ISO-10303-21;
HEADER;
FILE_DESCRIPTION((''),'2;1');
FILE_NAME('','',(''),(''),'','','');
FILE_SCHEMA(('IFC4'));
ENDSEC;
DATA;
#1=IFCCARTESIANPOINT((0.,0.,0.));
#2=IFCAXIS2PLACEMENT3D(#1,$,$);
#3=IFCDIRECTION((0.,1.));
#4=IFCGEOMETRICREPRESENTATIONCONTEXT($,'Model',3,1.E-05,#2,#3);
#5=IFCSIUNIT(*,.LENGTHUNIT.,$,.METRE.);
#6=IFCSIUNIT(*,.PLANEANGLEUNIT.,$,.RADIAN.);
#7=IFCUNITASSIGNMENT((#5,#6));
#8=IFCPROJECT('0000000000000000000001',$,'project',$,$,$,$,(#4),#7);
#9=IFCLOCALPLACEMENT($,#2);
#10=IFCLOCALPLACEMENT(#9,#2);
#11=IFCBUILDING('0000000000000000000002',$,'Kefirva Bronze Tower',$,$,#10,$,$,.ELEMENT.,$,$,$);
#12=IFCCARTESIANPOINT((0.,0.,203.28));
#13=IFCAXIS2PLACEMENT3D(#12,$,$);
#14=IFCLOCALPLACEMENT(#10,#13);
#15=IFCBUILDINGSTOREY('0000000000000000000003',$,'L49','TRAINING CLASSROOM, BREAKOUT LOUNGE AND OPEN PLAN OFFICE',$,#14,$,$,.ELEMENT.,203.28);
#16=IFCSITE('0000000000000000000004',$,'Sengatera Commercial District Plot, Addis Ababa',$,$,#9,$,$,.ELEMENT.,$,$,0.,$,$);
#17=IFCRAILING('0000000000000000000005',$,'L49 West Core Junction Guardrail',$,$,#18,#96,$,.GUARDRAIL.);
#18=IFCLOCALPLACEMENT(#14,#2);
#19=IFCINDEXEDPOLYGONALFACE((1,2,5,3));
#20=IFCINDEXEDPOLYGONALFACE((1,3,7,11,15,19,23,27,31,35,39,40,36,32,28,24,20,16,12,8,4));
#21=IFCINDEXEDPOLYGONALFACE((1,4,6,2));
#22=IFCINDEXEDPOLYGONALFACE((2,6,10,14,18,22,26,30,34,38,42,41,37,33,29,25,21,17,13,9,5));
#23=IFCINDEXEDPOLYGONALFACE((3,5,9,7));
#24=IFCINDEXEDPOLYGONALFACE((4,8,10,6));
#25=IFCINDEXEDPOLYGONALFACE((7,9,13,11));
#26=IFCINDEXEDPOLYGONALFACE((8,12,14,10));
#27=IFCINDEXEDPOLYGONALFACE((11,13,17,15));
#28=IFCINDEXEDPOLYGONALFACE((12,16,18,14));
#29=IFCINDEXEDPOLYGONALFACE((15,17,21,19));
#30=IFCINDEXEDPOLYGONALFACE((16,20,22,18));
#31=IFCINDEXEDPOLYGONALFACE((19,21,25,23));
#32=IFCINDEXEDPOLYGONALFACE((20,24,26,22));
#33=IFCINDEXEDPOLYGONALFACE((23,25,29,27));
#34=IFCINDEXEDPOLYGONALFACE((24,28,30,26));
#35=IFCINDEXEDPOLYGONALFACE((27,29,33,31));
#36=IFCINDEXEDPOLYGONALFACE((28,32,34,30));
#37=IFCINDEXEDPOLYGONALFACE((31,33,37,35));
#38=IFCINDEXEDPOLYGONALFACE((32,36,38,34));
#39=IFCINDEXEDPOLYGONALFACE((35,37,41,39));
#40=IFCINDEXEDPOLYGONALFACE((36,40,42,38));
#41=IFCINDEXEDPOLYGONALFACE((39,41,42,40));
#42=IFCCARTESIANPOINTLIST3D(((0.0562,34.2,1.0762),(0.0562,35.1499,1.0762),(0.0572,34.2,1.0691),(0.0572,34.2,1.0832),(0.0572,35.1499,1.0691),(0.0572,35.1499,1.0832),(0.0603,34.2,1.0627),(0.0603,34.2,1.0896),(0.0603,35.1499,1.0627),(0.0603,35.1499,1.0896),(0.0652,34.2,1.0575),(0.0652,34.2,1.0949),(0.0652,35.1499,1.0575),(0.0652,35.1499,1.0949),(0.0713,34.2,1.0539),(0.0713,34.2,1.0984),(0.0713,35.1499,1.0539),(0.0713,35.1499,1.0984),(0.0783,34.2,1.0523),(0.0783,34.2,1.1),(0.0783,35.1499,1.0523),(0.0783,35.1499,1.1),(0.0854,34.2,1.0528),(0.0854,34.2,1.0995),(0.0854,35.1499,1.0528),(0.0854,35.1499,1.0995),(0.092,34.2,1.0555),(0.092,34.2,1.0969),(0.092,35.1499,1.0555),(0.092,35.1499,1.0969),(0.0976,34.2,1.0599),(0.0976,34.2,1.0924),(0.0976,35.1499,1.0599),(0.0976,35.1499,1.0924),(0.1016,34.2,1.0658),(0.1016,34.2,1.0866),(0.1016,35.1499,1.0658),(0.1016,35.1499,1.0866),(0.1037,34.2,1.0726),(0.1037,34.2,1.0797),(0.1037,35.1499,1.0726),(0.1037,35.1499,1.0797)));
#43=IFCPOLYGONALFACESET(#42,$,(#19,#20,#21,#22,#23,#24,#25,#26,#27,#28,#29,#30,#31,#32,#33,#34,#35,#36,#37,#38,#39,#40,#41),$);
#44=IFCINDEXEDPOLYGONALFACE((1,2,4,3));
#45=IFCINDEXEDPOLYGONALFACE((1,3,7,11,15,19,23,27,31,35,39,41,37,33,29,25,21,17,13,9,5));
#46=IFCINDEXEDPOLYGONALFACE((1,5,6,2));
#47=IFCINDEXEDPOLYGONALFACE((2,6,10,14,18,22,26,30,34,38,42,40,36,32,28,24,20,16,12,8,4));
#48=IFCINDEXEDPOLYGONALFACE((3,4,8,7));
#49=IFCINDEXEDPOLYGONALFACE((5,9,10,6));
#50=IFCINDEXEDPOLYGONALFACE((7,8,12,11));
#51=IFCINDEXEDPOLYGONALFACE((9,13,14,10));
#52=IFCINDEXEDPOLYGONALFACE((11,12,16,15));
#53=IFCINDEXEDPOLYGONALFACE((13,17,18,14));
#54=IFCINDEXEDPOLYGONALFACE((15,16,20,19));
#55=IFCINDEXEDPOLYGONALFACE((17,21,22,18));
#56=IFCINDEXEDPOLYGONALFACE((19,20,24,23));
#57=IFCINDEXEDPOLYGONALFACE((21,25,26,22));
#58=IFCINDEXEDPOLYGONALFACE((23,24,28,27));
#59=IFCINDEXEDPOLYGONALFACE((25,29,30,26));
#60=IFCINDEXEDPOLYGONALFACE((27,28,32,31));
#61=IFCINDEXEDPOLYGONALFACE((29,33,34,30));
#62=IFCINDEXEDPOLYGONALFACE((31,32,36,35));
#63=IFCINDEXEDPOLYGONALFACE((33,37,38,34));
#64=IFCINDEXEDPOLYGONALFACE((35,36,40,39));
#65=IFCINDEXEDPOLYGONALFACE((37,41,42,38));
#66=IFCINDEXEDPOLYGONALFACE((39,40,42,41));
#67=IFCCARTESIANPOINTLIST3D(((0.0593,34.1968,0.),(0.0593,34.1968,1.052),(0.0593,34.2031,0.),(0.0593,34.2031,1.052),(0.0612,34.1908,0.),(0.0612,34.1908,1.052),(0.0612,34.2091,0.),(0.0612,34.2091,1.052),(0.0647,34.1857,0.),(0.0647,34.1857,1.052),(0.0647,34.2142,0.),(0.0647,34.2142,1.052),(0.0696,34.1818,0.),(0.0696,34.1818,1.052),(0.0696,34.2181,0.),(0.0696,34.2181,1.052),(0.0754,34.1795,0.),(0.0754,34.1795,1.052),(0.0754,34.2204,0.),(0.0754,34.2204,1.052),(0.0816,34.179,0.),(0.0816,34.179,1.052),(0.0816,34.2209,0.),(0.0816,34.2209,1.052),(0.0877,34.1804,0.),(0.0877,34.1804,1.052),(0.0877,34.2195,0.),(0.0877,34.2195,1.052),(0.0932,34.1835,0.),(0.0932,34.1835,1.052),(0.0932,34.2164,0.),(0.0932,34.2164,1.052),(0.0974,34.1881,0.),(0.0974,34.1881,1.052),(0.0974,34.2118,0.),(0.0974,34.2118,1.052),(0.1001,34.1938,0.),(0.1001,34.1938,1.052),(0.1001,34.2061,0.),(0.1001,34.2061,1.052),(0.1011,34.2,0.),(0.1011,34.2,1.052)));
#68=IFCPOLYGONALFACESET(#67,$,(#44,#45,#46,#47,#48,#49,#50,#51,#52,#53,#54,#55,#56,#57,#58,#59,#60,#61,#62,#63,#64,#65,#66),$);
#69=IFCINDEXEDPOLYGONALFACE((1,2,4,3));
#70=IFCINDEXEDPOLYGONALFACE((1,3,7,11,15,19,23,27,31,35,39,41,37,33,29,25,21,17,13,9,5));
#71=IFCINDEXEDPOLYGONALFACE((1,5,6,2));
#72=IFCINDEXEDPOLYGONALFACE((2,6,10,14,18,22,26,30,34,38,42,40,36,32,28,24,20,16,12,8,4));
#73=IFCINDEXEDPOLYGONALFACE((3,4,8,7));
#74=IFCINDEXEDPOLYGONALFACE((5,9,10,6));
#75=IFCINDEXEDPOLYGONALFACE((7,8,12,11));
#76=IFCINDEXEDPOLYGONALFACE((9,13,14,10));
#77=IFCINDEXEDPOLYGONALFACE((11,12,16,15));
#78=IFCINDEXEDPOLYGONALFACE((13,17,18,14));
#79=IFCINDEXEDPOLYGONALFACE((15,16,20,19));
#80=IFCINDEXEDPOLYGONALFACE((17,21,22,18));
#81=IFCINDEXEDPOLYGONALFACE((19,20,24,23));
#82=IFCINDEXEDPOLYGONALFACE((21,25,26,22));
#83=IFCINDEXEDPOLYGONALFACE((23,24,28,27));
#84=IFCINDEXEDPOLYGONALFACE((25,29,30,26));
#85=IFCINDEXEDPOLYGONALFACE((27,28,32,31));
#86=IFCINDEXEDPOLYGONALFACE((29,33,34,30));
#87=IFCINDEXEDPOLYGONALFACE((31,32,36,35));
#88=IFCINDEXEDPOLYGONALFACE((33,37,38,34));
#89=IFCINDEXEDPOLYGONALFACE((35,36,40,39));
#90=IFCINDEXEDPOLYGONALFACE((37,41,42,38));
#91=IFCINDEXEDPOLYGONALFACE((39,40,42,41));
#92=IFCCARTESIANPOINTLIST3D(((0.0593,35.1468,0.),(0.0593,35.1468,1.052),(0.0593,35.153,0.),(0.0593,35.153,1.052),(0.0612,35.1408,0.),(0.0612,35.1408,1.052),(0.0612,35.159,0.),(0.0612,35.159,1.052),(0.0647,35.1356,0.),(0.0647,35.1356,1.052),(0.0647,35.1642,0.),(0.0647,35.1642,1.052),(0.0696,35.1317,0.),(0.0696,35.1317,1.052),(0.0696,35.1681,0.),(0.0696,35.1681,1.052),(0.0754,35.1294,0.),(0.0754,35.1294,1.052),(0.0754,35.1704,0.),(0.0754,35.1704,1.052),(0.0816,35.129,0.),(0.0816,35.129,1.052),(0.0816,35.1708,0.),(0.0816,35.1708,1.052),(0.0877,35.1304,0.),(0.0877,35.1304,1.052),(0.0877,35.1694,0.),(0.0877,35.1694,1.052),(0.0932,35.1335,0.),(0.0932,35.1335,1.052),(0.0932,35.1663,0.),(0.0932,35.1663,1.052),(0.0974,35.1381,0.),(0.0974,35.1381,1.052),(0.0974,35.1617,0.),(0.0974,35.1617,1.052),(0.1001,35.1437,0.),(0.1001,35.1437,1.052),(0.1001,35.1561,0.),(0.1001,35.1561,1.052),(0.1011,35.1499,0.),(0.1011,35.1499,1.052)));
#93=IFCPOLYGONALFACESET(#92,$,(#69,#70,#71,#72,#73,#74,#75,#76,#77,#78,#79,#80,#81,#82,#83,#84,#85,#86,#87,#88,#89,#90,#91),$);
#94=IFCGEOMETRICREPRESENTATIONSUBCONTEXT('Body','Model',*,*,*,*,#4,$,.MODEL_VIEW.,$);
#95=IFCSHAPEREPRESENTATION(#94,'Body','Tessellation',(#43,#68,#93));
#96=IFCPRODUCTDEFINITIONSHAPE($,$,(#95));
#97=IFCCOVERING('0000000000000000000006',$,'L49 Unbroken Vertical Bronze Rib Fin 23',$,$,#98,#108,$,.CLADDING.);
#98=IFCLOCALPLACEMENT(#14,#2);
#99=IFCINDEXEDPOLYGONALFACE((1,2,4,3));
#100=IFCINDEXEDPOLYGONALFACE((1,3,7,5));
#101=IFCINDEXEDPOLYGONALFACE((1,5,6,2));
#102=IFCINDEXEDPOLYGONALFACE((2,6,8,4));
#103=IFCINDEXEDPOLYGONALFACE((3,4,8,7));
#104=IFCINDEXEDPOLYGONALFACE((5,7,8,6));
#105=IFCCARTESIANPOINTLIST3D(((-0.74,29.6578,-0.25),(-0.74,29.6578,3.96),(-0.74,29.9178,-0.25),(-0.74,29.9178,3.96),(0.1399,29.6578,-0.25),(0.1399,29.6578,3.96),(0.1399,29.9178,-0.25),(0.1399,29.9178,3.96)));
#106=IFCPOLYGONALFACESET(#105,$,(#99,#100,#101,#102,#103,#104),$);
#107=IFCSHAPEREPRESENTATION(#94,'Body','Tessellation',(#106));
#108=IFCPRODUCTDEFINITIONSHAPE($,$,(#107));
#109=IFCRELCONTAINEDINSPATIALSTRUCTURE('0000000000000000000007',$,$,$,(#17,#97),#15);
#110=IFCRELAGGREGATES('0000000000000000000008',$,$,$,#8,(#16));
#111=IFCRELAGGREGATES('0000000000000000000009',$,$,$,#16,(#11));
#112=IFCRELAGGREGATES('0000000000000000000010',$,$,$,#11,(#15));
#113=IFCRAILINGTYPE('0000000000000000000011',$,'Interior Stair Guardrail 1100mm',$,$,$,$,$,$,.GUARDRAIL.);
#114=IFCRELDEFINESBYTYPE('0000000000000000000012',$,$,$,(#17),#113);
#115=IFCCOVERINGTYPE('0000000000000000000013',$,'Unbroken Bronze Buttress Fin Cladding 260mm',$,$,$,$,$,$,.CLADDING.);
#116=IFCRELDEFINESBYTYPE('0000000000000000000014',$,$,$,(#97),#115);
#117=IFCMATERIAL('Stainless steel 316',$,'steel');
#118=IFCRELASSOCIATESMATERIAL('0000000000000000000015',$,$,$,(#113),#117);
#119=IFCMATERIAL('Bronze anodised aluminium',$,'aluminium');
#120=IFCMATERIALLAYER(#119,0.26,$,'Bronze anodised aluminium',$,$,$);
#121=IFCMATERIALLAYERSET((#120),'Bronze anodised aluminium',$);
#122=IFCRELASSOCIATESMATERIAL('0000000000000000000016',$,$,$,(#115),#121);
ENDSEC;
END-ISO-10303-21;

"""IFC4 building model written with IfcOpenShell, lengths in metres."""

from ifc_helpers import new_model, si_unit, direction, frame, origin, origin_2d, place, context, subcontext, project, spatial, rectangle, circle, extrude, material, layer, layer_set, type_object, element, save


model = new_model("IFC4")

# Units and contexts
model_context = context("Model", 3, precision=1e-05, world=origin(), true_north=direction((0.0, 1.0)))
body_context = subcontext(model_context, "Body", "Model", "MODEL_VIEW")
ifc_project = project(units=[si_unit("LENGTHUNIT", "METRE"), si_unit("PLANEANGLEUNIT", "RADIAN")], contexts=[model_context])

# Site, building, storey
site_placement = place(None, origin())
site = spatial("IfcSite", under=ifc_project, at=site_placement, Name="Sengatera Commercial District Plot, Addis Ababa", CompositionType="ELEMENT", RefElevation=0.0)
building_placement = place(site_placement, origin())
building = spatial("IfcBuilding", under=site, at=building_placement, Name="Kefirva Bronze Tower", CompositionType="ELEMENT")
storey_placement = place(building_placement, frame((0.0, 0.0, 203.28)))
storey = spatial("IfcBuildingStorey", under=building, at=storey_placement, Name="L49", Description="TRAINING CLASSROOM, BREAKOUT LOUNGE AND OPEN PLAN OFFICE", CompositionType="ELEMENT", Elevation=203.28)

# Shared definitions
ifc_material_1 = material(Name="Bronze anodised aluminium", Category="aluminium")

# Railing
ifc_material_2 = material(Name="Stainless steel 316", Category="steel")
railing_type = type_object("IfcRailingType", Name="Interior Stair Guardrail 1100mm", PredefinedType="GUARDRAIL", material=ifc_material_2)
railing_placement = place(storey_placement, frame((0.0801, 34.2, 0.0)))
element("IfcRailing", 1, at=railing_placement, inside=storey, type_object=railing_type, Name="L49 West Core Junction Guardrail", PredefinedType="GUARDRAIL", context=body_context, shape_type="SweptSolid", body=[
    extrude(circle(Radius=0.0239, at=origin_2d()), frame((0.0, 0.0, 1.0762), z_axis=(0.0, 1.0, 0.0), x_axis=(-1.0, 0.0, 0.0)), (0.0, 0.0, 1.0), 0.95),
    extrude(circle(Radius=0.021, at=origin_2d()), origin(), (0.0, 0.0, 1.0), 1.052),
    extrude(circle(Radius=0.021, at=origin_2d()), frame((0.0, 0.95, 0.0)), (0.0, 0.0, 1.0), 1.052),
])

# Covering
ifc_layer_1 = layer(ifc_material_1, 0.26, Name="Bronze anodised aluminium")
ifc_layer_set_1 = layer_set([ifc_layer_1], Name="Bronze anodised aluminium")
covering_type = type_object("IfcCoveringType", Name="Unbroken Bronze Buttress Fin Cladding 260mm", PredefinedType="CLADDING", material=ifc_layer_set_1)
covering_placement = place(storey_placement, frame((-0.3, 29.7878, -0.25), z_axis=(0.0, 0.0, 1.0), x_axis=(0.0, -1.0, 0.0)))
element("IfcCovering", 2, at=covering_placement, inside=storey, type_object=covering_type, Name="L49 Unbroken Vertical Bronze Rib Fin 23", PredefinedType="CLADDING", context=body_context, shape_type="SweptSolid", body=[
    extrude(rectangle(XDim=0.26, YDim=0.8799, at=origin_2d()), origin(), (0.0, 0.0, 1.0), 4.21),
])

save(model, "model.ifc")
